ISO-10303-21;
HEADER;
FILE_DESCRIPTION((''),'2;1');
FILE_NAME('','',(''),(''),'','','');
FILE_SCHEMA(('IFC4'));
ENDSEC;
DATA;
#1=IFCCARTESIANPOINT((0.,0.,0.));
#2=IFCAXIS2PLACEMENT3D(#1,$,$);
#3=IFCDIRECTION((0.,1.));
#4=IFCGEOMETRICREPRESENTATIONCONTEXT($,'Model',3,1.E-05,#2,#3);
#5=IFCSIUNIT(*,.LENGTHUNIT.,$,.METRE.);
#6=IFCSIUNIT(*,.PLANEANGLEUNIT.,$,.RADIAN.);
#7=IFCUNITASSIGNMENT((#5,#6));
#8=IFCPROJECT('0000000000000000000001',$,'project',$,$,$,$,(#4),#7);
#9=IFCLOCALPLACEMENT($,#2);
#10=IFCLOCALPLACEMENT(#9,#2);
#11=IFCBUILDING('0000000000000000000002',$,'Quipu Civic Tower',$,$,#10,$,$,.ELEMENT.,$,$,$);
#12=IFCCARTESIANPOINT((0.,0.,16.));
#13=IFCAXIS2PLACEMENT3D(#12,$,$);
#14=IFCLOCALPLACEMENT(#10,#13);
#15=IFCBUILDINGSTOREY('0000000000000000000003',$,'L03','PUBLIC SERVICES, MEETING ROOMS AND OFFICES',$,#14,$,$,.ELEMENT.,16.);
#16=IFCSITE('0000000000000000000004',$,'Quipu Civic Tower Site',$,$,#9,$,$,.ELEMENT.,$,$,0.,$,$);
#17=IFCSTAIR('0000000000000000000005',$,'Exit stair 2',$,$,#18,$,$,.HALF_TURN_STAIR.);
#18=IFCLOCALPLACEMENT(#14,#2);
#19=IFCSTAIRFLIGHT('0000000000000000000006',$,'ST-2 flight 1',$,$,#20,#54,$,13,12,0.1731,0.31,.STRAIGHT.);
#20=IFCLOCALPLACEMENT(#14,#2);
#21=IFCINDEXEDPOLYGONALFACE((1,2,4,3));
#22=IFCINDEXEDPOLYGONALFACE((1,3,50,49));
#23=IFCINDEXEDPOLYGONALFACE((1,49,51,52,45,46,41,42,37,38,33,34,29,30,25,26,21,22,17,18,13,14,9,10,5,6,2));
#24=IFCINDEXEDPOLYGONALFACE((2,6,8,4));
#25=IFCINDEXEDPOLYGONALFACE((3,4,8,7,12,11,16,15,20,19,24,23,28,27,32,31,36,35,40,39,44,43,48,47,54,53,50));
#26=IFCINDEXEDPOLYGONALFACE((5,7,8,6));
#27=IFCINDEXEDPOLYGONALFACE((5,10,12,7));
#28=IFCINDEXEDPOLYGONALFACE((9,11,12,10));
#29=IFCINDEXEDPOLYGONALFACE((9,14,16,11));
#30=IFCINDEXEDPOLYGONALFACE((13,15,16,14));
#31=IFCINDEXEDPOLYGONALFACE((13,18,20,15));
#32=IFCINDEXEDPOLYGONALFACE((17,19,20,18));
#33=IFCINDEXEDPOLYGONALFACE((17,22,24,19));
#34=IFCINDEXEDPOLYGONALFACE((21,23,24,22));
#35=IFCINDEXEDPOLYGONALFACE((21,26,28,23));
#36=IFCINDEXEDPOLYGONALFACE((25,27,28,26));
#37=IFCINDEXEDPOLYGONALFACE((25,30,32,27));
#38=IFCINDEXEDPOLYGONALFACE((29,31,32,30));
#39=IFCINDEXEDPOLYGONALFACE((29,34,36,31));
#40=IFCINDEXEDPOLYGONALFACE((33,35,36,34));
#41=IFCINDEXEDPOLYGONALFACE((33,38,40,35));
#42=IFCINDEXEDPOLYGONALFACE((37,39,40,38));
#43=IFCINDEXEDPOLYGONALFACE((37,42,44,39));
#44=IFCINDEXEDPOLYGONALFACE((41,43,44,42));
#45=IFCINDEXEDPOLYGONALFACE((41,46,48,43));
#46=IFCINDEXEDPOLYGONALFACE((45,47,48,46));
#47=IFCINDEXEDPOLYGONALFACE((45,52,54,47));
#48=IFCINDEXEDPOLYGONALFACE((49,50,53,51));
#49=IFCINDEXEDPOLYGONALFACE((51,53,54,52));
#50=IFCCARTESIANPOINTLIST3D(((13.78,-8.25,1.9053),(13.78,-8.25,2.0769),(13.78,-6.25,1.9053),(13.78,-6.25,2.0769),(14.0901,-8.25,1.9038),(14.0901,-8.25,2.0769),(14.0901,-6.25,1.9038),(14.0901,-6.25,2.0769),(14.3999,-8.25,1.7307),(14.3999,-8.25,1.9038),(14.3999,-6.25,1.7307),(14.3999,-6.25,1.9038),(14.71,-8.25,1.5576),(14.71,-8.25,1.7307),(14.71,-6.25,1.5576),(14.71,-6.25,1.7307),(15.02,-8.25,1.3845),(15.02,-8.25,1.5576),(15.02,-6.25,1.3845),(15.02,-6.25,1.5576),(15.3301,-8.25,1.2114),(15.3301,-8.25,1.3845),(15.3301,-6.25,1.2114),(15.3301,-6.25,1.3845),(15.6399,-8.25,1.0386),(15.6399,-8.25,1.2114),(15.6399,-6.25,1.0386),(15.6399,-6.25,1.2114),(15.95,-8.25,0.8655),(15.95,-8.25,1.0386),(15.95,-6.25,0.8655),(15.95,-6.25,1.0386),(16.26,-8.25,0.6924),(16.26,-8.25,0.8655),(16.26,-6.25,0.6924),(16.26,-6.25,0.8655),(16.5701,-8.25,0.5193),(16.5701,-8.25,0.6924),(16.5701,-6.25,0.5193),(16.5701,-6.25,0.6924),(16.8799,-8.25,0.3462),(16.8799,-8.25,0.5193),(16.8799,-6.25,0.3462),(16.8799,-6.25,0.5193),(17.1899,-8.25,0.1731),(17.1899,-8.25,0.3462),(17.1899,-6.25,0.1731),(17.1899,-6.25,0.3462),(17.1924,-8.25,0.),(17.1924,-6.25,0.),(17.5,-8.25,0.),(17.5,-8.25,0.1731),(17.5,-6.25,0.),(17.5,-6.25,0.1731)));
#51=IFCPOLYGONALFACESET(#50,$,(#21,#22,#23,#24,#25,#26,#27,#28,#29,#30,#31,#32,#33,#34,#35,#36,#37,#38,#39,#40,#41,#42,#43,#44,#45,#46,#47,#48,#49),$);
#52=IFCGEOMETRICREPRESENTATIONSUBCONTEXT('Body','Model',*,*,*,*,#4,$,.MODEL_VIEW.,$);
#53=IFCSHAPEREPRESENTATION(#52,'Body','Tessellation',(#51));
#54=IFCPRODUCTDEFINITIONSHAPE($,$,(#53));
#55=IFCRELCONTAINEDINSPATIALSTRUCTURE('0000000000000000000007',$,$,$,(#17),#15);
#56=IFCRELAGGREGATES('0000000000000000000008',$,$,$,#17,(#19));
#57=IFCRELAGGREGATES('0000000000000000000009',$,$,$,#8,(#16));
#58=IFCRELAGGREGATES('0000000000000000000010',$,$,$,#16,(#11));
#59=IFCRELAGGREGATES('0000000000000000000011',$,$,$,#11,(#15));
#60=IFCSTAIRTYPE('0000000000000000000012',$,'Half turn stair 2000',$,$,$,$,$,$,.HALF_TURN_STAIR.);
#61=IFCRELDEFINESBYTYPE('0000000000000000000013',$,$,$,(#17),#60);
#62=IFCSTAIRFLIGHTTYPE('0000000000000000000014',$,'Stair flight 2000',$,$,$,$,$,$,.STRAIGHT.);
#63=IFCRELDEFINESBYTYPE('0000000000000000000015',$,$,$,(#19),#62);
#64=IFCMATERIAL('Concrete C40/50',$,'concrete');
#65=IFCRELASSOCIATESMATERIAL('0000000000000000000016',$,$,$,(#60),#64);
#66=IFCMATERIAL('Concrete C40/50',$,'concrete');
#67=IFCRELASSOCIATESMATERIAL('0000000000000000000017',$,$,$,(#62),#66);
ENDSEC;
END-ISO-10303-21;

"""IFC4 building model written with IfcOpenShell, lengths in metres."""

from ifc_helpers import new_model, si_unit, direction, frame, origin, place, context, subcontext, project, spatial, polyline, outline, extrude, material, type_object, element, aggregate, save


model = new_model("IFC4")

# Units and contexts
model_context = context("Model", 3, precision=1e-05, world=origin(), true_north=direction((0.0, 1.0)))
body_context = subcontext(model_context, "Body", "Model", "MODEL_VIEW")
ifc_project = project(units=[si_unit("LENGTHUNIT", "METRE"), si_unit("PLANEANGLEUNIT", "RADIAN")], contexts=[model_context])

# Site, building, storey
site_placement = place(None, origin())
site = spatial("IfcSite", under=ifc_project, at=site_placement, Name="Quipu Civic Tower Site", CompositionType="ELEMENT", RefElevation=0.0)
building_placement = place(site_placement, origin())
building = spatial("IfcBuilding", under=site, at=building_placement, Name="Quipu Civic Tower", CompositionType="ELEMENT")
storey_placement = place(building_placement, frame((0.0, 0.0, 16.0)))
storey = spatial("IfcBuildingStorey", under=building, at=storey_placement, Name="L03", Description="PUBLIC SERVICES, MEETING ROOMS AND OFFICES", CompositionType="ELEMENT", Elevation=16.0)

# Stair, stair flight
ifc_material_1 = material(Name="Concrete C40/50", Category="concrete")
stair_type = type_object("IfcStairType", Name="Half turn stair 2000", PredefinedType="HALF_TURN_STAIR", material=ifc_material_1)
stair_placement = place(storey_placement, origin())
stair = element("IfcStair", 1, at=stair_placement, inside=storey, type_object=stair_type, Name="Exit stair 2", PredefinedType="HALF_TURN_STAIR")
ifc_material_2 = material(Name="Concrete C40/50", Category="concrete")
stair_flight_type = type_object("IfcStairFlightType", Name="Stair flight 2000", PredefinedType="STRAIGHT", material=ifc_material_2)
stair_flight_placement = place(storey_placement, frame((17.5, -7.25, 0.0), z_axis=(0.0, 0.0, 1.0), x_axis=(-1.0, 0.0, 0.0)))
stair_flight = element("IfcStairFlight", 2, at=stair_flight_placement, type_object=stair_flight_type, Name="ST-2 flight 1", NumberOfRisers=13, NumberOfTreads=12, PredefinedType="STRAIGHT", RiserHeight=0.1731, TreadLength=0.31, context=body_context, shape_type="SweptSolid", body=[
    extrude(outline(polyline([(0.0, 0.0), (0.0, 0.1731), (0.3101, 0.1731), (0.3101, 0.3462), (0.6201, 0.3462), (0.6201, 0.5193), (0.9299, 0.5193), (0.9299, 0.6924), (1.24, 0.6924), (1.24, 0.8655), (1.55, 0.8655), (1.55, 1.0386), (1.8601, 1.0386), (1.8601, 1.2114), (2.1699, 1.2114), (2.1699, 1.3845), (2.48, 1.3845), (2.48, 1.5576), (2.79, 1.5576), (2.79, 1.7307), (3.1001, 1.7307), (3.1001, 1.9038), (3.4099, 1.9038), (3.4099, 2.0769), (3.72, 2.0769), (3.72, 2.25), (3.72, 1.9053), (0.3076, 0.0), (0.0, 0.0)])), frame((0.0, 1.0, 0.0), z_axis=(0.0, -1.0, 0.0), x_axis=(1.0, 0.0, 0.0)), (0.0, 0.0, 1.0), 2.0),
])
aggregate(stair, [stair_flight])

save(model, "model.ifc")
